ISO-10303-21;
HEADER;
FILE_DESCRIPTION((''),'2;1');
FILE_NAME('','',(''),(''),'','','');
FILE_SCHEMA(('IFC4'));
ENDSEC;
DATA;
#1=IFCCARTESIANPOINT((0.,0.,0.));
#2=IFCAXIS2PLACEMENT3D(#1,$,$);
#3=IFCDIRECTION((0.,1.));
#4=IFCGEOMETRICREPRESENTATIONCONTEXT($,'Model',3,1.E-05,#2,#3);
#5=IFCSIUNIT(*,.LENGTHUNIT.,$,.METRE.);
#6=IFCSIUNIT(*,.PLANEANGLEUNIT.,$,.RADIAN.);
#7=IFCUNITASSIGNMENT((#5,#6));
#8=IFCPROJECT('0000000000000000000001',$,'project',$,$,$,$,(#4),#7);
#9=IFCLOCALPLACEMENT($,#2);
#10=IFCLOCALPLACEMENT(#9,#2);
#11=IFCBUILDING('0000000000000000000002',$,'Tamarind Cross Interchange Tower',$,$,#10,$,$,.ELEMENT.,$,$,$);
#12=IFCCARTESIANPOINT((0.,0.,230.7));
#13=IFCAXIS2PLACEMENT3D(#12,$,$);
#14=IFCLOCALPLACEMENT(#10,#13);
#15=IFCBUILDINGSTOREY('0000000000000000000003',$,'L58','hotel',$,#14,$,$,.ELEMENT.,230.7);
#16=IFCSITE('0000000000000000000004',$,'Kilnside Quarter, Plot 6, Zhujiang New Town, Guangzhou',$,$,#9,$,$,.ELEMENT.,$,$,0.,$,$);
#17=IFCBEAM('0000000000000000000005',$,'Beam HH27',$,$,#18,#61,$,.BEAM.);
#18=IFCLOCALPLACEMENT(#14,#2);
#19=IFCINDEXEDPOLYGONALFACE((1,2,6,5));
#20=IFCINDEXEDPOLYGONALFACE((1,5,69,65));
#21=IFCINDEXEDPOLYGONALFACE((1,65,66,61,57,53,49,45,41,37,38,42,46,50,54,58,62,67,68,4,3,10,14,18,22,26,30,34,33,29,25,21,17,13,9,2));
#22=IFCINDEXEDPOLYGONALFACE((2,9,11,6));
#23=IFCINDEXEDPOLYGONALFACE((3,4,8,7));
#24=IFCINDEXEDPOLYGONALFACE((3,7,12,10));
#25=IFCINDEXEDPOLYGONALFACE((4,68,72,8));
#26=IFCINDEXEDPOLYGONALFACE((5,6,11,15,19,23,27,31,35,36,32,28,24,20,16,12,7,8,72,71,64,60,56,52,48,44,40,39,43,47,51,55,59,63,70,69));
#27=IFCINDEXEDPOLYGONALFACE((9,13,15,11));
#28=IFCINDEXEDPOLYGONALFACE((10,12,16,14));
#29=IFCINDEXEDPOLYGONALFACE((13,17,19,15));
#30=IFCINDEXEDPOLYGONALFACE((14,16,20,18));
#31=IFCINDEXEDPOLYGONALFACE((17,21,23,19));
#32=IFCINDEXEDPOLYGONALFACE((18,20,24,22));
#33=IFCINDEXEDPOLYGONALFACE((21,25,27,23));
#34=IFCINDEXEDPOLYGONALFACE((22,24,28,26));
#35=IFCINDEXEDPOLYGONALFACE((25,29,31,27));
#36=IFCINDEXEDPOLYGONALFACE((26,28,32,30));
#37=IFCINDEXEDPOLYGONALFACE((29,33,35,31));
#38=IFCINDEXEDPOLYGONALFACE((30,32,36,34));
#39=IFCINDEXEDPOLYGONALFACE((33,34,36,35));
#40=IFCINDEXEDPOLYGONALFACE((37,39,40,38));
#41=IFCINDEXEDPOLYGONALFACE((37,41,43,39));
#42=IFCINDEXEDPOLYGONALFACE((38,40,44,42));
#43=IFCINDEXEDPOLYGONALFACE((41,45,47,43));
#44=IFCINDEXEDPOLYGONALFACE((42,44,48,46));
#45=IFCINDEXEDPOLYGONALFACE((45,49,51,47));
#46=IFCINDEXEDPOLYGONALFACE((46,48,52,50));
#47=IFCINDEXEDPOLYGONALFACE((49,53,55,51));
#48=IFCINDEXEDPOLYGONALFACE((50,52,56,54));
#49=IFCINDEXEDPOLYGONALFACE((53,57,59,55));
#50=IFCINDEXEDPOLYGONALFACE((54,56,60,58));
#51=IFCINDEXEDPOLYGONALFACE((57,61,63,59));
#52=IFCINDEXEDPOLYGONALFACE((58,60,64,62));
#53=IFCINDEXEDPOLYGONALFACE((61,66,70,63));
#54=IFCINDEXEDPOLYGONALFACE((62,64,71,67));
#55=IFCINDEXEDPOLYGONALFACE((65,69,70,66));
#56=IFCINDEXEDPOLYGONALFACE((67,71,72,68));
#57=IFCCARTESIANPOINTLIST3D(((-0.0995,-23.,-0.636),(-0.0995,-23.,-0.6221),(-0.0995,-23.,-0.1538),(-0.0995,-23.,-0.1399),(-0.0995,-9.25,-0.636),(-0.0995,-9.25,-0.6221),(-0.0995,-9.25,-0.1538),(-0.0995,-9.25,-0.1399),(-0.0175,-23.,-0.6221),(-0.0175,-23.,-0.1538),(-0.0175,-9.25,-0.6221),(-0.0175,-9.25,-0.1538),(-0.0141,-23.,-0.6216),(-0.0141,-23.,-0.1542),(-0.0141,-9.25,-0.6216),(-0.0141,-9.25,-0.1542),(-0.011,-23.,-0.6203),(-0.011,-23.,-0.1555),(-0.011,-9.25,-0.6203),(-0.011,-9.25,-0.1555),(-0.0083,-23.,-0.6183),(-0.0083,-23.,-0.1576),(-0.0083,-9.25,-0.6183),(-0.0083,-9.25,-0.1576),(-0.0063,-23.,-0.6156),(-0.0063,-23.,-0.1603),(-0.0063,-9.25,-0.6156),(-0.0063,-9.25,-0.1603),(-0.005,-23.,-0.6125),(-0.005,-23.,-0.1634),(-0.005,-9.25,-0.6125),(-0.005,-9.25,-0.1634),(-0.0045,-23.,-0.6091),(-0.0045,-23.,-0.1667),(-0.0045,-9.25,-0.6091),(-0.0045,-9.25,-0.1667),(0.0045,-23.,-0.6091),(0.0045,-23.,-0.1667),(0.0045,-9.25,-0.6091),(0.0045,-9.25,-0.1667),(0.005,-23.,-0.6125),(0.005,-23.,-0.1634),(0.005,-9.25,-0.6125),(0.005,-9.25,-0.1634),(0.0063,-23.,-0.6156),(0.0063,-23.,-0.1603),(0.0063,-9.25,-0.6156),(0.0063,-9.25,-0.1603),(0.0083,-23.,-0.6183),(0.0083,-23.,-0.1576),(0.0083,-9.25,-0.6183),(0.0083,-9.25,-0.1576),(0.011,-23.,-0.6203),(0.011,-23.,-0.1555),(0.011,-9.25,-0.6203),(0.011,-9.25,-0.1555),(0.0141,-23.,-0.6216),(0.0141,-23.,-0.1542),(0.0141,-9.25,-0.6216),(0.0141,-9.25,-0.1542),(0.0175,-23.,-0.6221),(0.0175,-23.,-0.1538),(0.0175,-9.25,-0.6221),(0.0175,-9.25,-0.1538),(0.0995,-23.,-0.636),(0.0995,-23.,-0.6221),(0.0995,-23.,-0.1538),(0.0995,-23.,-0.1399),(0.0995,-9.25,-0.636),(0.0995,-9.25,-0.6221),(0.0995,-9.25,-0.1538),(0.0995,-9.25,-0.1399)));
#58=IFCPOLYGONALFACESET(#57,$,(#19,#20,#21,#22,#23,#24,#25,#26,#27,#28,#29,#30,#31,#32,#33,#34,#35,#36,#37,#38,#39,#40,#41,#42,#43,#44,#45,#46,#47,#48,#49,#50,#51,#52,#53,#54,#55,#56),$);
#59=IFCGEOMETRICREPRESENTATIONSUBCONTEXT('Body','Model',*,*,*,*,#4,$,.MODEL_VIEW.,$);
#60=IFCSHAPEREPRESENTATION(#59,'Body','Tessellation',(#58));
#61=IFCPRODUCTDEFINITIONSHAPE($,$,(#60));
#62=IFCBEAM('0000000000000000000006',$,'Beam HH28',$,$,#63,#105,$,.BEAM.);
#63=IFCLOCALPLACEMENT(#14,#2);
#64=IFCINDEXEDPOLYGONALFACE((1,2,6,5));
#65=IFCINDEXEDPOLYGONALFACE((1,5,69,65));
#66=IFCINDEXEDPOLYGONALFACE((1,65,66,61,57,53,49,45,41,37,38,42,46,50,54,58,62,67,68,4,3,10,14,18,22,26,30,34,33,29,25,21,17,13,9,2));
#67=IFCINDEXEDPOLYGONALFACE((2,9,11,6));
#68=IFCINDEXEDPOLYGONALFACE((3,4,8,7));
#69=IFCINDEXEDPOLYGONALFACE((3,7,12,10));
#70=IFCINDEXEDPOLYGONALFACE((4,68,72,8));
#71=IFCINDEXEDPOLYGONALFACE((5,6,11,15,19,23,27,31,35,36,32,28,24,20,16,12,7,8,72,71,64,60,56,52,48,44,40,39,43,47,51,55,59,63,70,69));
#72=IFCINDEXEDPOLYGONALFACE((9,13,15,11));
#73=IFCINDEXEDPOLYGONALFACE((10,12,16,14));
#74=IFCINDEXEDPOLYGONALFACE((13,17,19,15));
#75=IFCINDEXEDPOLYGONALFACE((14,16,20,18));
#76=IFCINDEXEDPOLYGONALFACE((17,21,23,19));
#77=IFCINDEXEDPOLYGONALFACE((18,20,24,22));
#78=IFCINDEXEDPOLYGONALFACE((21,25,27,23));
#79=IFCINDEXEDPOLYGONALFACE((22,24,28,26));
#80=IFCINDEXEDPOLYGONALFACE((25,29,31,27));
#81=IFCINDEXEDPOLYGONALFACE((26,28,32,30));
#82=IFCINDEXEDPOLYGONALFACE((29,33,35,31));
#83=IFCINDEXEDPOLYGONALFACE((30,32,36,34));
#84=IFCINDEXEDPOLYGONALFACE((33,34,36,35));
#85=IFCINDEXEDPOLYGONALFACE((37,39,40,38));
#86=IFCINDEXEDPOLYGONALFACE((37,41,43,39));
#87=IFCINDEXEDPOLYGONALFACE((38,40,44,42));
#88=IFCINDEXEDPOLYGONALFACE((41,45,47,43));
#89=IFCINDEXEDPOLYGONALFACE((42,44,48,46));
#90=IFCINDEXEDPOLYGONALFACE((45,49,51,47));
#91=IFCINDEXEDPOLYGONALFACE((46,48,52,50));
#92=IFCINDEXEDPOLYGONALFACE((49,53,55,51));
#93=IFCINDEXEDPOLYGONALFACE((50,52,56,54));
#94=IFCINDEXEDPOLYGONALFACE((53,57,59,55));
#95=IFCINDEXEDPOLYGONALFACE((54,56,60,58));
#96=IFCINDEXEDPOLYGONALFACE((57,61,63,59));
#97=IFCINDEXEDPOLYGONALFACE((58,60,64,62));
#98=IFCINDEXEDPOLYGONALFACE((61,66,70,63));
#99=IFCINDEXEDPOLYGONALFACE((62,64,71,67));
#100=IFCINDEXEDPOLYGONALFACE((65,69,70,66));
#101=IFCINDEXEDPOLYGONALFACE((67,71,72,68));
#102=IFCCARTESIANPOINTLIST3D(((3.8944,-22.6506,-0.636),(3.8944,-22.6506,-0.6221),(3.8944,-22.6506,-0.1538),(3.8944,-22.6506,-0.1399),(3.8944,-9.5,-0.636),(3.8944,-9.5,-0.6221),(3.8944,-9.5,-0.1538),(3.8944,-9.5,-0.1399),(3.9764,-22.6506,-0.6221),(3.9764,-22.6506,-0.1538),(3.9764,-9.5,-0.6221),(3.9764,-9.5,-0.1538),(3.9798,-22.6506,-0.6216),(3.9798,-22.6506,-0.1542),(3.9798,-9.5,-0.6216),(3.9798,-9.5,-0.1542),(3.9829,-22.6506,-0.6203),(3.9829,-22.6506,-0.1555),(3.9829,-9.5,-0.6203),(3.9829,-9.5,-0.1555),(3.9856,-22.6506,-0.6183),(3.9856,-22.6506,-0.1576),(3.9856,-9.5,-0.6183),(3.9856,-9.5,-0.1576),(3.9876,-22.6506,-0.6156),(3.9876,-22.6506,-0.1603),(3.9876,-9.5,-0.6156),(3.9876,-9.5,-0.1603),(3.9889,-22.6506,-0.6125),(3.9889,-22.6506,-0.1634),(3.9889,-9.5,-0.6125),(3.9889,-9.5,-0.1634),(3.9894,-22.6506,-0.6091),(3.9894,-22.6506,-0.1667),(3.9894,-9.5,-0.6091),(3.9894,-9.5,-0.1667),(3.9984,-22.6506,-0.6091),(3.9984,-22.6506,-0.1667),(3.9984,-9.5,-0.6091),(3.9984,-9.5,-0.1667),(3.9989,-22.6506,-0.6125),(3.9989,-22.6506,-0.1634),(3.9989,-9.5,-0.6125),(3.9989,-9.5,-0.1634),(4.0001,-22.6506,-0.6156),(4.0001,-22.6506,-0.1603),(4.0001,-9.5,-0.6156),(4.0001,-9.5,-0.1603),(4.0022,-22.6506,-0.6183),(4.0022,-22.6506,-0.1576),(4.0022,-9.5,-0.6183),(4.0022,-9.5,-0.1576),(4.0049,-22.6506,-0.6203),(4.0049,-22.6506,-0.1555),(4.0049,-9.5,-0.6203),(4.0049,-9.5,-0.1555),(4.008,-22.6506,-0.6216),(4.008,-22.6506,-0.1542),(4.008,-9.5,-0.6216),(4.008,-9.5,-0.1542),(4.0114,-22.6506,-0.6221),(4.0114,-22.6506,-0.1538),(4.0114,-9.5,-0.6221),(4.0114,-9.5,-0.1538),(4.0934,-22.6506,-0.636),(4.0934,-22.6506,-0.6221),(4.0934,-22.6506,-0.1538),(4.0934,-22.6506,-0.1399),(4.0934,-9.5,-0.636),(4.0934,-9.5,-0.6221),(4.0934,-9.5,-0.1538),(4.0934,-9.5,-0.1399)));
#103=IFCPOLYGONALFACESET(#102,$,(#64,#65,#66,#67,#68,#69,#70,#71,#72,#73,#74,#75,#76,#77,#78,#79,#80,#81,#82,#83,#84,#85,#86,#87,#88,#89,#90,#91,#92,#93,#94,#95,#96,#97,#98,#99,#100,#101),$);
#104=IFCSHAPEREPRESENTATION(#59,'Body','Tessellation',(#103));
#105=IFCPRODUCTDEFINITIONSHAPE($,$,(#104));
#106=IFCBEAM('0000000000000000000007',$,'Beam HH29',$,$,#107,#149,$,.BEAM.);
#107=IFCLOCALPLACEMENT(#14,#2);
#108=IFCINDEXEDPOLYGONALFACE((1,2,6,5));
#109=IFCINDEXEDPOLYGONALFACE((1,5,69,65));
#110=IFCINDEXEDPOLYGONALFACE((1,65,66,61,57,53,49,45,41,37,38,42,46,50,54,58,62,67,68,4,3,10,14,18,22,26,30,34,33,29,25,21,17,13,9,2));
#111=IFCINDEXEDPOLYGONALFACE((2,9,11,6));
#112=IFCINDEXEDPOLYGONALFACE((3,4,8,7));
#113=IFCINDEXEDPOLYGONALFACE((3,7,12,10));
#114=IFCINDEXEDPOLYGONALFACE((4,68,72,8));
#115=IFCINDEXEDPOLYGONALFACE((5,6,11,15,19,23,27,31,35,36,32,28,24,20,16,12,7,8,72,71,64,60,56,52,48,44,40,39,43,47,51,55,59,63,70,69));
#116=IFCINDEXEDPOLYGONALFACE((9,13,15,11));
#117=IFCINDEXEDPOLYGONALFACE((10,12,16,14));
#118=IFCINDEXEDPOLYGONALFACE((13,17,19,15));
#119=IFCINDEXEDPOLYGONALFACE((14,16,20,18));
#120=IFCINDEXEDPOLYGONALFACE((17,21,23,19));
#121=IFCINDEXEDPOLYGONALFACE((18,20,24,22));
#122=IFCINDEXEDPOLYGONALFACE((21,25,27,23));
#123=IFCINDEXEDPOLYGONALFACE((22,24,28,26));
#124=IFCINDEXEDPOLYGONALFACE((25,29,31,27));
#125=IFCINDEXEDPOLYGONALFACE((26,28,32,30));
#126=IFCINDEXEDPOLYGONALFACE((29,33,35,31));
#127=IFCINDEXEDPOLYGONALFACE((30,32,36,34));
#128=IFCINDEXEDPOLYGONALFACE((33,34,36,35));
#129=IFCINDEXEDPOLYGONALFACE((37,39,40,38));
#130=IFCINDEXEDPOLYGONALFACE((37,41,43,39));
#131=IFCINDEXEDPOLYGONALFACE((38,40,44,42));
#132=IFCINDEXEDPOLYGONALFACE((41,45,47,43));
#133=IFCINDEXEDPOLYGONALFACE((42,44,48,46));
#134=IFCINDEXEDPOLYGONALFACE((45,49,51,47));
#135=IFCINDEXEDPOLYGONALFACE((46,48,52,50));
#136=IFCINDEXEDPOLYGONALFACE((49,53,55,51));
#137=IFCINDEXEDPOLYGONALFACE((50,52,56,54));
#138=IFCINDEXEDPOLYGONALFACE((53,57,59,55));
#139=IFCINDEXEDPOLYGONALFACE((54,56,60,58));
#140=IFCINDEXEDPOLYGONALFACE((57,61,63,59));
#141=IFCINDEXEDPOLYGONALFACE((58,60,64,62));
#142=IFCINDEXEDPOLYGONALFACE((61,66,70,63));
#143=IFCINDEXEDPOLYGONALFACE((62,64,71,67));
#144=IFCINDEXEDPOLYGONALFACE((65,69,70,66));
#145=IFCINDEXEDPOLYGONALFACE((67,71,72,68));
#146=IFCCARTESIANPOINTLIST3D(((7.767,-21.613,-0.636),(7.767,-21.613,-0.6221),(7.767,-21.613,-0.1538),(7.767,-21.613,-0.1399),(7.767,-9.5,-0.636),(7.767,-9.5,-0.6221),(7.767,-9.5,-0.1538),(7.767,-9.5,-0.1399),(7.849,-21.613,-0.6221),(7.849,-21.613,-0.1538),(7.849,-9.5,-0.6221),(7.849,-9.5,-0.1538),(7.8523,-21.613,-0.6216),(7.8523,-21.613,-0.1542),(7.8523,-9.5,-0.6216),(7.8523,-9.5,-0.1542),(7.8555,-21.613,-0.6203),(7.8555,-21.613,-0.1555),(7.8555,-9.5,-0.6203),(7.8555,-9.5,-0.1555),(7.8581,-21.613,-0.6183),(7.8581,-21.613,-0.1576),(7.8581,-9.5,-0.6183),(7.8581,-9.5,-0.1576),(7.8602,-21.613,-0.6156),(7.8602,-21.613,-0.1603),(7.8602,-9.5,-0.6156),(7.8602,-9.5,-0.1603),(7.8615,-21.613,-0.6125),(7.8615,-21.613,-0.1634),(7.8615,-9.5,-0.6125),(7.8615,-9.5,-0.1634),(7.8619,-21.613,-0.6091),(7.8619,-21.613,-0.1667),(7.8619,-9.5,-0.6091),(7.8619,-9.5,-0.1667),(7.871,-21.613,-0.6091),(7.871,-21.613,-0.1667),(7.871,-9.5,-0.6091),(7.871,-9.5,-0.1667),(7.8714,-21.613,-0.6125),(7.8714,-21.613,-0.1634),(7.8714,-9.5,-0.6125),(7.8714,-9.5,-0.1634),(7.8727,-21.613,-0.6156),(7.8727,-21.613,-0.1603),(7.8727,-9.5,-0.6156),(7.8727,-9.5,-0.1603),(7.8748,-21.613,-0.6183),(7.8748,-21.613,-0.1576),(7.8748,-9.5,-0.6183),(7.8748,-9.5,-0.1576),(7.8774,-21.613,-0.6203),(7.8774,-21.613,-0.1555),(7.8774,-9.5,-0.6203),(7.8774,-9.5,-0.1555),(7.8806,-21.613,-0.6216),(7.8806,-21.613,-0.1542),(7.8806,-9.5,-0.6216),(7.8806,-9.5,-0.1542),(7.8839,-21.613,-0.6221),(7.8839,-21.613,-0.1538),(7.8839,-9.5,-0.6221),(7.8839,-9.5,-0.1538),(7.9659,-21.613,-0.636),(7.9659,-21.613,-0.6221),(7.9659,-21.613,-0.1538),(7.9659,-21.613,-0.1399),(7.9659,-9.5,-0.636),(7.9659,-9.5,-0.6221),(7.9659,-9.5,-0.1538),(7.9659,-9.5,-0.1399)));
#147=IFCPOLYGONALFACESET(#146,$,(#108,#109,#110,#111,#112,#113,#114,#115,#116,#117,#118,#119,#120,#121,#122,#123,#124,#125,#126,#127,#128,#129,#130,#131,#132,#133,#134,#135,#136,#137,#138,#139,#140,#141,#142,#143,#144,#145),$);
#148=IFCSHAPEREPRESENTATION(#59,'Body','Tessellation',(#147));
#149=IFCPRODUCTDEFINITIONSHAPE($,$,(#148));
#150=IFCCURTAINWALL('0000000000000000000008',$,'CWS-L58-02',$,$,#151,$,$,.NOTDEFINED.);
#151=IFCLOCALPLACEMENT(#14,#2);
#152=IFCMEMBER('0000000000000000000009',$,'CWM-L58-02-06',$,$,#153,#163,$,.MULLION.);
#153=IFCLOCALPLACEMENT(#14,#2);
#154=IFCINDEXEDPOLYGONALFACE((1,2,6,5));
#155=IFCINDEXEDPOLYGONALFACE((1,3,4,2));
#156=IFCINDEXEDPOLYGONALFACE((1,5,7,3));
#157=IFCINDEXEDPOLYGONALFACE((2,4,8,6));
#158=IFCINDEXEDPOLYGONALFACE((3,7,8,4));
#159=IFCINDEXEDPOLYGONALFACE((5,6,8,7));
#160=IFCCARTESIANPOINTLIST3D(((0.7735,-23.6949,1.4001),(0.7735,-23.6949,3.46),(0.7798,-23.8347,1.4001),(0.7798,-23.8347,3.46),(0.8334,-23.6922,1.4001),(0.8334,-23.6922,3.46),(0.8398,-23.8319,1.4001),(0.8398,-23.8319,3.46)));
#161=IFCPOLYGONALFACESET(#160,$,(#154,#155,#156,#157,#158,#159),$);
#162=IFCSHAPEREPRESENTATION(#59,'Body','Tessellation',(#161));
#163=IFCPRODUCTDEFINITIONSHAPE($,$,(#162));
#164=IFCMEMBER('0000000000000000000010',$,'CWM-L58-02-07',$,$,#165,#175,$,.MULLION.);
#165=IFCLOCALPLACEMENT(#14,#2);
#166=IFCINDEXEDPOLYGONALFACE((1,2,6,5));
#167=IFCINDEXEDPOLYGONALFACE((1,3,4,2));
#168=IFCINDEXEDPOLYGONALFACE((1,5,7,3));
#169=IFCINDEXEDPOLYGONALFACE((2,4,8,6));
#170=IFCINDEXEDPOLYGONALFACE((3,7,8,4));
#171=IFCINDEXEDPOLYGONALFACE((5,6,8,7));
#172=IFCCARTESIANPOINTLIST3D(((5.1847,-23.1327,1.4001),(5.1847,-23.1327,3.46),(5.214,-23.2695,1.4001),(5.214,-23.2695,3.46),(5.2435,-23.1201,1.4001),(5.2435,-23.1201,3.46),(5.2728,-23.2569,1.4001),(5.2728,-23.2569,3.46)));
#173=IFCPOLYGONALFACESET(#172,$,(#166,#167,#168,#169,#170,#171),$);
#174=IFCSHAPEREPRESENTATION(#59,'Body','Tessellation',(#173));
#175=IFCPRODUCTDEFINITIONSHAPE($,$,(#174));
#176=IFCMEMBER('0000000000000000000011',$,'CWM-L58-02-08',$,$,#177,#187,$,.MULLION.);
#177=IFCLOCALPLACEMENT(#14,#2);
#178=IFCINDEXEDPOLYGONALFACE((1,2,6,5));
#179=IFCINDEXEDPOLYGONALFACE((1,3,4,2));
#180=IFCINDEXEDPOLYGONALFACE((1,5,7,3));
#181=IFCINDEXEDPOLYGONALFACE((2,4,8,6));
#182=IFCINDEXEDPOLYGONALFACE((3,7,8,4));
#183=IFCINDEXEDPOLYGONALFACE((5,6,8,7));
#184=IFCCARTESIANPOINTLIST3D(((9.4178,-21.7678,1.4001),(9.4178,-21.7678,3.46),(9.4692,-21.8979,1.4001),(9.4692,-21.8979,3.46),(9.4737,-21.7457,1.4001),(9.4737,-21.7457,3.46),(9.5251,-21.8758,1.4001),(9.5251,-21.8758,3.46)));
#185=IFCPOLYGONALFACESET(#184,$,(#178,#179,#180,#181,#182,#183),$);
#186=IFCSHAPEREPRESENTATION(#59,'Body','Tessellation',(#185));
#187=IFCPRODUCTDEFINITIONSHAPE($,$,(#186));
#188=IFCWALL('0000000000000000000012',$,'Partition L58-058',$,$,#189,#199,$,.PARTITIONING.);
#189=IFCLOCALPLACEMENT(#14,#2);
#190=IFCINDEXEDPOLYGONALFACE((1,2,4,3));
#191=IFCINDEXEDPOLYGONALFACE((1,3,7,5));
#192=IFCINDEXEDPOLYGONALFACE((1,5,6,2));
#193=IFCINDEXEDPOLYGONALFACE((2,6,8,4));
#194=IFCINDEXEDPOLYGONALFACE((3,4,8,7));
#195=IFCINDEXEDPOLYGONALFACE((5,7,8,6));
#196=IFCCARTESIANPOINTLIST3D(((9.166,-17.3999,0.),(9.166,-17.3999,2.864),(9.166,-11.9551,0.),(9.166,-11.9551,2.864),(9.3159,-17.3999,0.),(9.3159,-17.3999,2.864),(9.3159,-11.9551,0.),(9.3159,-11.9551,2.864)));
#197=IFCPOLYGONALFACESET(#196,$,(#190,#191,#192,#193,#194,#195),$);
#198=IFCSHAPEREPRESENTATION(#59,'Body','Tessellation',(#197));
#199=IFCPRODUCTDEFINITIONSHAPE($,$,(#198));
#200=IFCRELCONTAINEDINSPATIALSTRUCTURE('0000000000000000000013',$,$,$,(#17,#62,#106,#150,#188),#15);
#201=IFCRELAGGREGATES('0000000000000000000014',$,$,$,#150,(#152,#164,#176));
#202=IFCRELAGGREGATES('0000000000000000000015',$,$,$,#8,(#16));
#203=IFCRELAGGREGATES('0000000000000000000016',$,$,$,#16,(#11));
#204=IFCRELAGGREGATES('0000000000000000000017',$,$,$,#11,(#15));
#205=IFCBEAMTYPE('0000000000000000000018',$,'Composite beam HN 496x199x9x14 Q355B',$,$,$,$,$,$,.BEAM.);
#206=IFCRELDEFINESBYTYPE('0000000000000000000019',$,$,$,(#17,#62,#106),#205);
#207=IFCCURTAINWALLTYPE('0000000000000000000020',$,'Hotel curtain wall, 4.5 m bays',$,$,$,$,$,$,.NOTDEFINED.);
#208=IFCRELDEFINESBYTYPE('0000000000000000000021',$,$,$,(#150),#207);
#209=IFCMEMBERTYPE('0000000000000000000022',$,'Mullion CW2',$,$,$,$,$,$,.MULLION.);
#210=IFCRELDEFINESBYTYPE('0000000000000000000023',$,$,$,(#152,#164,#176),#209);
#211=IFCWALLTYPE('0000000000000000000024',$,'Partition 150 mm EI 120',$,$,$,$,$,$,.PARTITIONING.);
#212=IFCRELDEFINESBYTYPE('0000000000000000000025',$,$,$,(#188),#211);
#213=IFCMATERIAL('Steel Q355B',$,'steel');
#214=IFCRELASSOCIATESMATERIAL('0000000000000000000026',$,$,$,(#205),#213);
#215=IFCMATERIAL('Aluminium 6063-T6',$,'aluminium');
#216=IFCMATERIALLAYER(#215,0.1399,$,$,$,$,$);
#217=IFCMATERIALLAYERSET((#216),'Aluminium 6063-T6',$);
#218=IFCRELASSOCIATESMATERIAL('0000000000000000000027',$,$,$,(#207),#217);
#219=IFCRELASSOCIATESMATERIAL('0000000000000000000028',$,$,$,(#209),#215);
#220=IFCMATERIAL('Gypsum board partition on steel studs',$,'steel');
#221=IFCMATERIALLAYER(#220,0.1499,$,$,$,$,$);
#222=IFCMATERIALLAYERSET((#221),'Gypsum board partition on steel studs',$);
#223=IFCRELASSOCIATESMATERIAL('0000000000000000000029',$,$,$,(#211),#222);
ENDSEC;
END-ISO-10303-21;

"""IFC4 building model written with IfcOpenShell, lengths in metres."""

from ifc_helpers import new_model, si_unit, direction, frame, frame_2d, origin, origin_2d, place, context, subcontext, project, spatial, rectangle, i_section, extrude, material, layer, layer_set, material_profile, profile_set, type_object, element, aggregate, save


model = new_model("IFC4")

# Units and contexts
model_context = context("Model", 3, precision=1e-05, world=origin(), true_north=direction((0.0, 1.0)))
body_context = subcontext(model_context, "Body", "Model", "MODEL_VIEW")
ifc_project = project(units=[si_unit("LENGTHUNIT", "METRE"), si_unit("PLANEANGLEUNIT", "RADIAN")], contexts=[model_context])

# Site, building, storey
site_placement = place(None, origin())
site = spatial("IfcSite", under=ifc_project, at=site_placement, Name="Kilnside Quarter, Plot 6, Zhujiang New Town, Guangzhou", CompositionType="ELEMENT", RefElevation=0.0)
building_placement = place(site_placement, origin())
building = spatial("IfcBuilding", under=site, at=building_placement, Name="Tamarind Cross Interchange Tower", CompositionType="ELEMENT")
storey_placement = place(building_placement, frame((0.0, 0.0, 230.7)))
storey = spatial("IfcBuildingStorey", under=building, at=storey_placement, Name="L58", Description="hotel", CompositionType="ELEMENT", Elevation=230.7)

# Beams
ifc_material_1 = material(Name="Steel Q355B", Category="steel")
ifc_material_profile_1 = material_profile(ifc_material_1, i_section(OverallWidth=0.199, OverallDepth=0.4961, WebThickness=0.009, FlangeThickness=0.0139, FilletRadius=0.0129, at=origin_2d()), Name="HN 496x199x9x14")
ifc_profile_set_1 = profile_set([ifc_material_profile_1], Name="Steel Q355B")
beam_type = type_object("IfcBeamType", Name="Composite beam HN 496x199x9x14 Q355B", PredefinedType="BEAM", material=ifc_profile_set_1)
beam_1_placement = place(storey_placement, frame((0.0, -23.0, -0.3879), z_axis=(0.0, 1.0, 0.0), x_axis=(-1.0, 0.0, 0.0)))
element("IfcBeam", 1, at=beam_1_placement, inside=storey, type_object=beam_type, Name="Beam HH27", PredefinedType="BEAM", context=body_context, shape_type="SweptSolid", body=[
    extrude(i_section(OverallWidth=0.199, OverallDepth=0.4961, WebThickness=0.009, FlangeThickness=0.0139, FilletRadius=0.0129, at=origin_2d()), origin(), (0.0, 0.0, 1.0), 13.75),
])
beam_2_placement = place(storey_placement, frame((3.9939, -22.6506, -0.3879), z_axis=(0.0, 1.0, 0.0), x_axis=(-1.0, 0.0, 0.0)))
element("IfcBeam", 2, at=beam_2_placement, inside=storey, type_object=beam_type, Name="Beam HH28", PredefinedType="BEAM", context=body_context, shape_type="SweptSolid", body=[
    extrude(i_section(OverallWidth=0.199, OverallDepth=0.4961, WebThickness=0.009, FlangeThickness=0.0139, FilletRadius=0.0129, at=origin_2d()), origin(), (0.0, 0.0, 1.0), 13.1506),
])
beam_3_placement = place(storey_placement, frame((7.8665, -21.613, -0.3879), z_axis=(0.0, 1.0, 0.0), x_axis=(-1.0, 0.0, 0.0)))
element("IfcBeam", 3, at=beam_3_placement, inside=storey, type_object=beam_type, Name="Beam HH29", PredefinedType="BEAM", context=body_context, shape_type="SweptSolid", body=[
    extrude(i_section(OverallWidth=0.199, OverallDepth=0.4961, WebThickness=0.009, FlangeThickness=0.0139, FilletRadius=0.0129, at=origin_2d()), origin(), (0.0, 0.0, 1.0), 12.113),
])

# Curtain wall, members
ifc_material_2 = material(Name="Aluminium 6063-T6", Category="aluminium")
ifc_layer_1 = layer(ifc_material_2, 0.1399)
ifc_layer_set_1 = layer_set([ifc_layer_1], Name="Aluminium 6063-T6")
curtain_wall_type = type_object("IfcCurtainWallType", Name="Hotel curtain wall, 4.5 m bays", PredefinedType="NOTDEFINED", material=ifc_layer_set_1)
curtain_wall_placement = place(storey_placement, origin())
curtain_wall = element("IfcCurtainWall", 4, at=curtain_wall_placement, inside=storey, type_object=curtain_wall_type, Name="CWS-L58-02", PredefinedType="NOTDEFINED")
ifc_material_profile_2 = material_profile(ifc_material_2, rectangle(XDim=0.0601, YDim=0.1399, at=origin_2d()), Name="Mullion CW2")
ifc_profile_set_2 = profile_set([ifc_material_profile_2], Name="Aluminium 6063-T6")
member_type = type_object("IfcMemberType", Name="Mullion CW2", PredefinedType="MULLION", material=ifc_profile_set_2)
member_1_placement = place(storey_placement, frame((0.8066, -23.7634, 1.4001), z_axis=(0.0, 0.0, 1.0), x_axis=(0.998959, 0.045624, 0.0)))
member_1 = element("IfcMember", 5, at=member_1_placement, type_object=member_type, Name="CWM-L58-02-06", PredefinedType="MULLION", context=body_context, shape_type="SweptSolid", body=[
    extrude(rectangle(XDim=0.0601, YDim=0.1399, at=origin_2d()), origin(), (0.0, 0.0, 1.0), 2.0598),
])
member_2_placement = place(storey_placement, frame((5.2288, -23.1948, 1.4001), z_axis=(0.0, 0.0, 1.0), x_axis=(0.977825, 0.209425, 0.0)))
member_2 = element("IfcMember", 6, at=member_2_placement, type_object=member_type, Name="CWM-L58-02-07", PredefinedType="MULLION", context=body_context, shape_type="SweptSolid", body=[
    extrude(rectangle(XDim=0.0601, YDim=0.1399, at=origin_2d()), origin(), (0.0, 0.0, 1.0), 2.0598),
])
member_3_placement = place(storey_placement, frame((9.4714, -21.8218, 1.4001), z_axis=(0.0, 0.0, 1.0), x_axis=(0.930018, 0.367514, 0.0)))
member_3 = element("IfcMember", 7, at=member_3_placement, type_object=member_type, Name="CWM-L58-02-08", PredefinedType="MULLION", context=body_context, shape_type="SweptSolid", body=[
    extrude(rectangle(XDim=0.0601, YDim=0.1399, at=origin_2d()), origin(), (0.0, 0.0, 1.0), 2.0598),
])
aggregate(curtain_wall, [member_1, member_2, member_3])

# Wall
ifc_material_3 = material(Name="Gypsum board partition on steel studs", Category="steel")
ifc_layer_2 = layer(ifc_material_3, 0.1499)
ifc_layer_set_2 = layer_set([ifc_layer_2], Name="Gypsum board partition on steel studs")
wall_type = type_object("IfcWallType", Name="Partition 150 mm EI 120", PredefinedType="PARTITIONING", material=ifc_layer_set_2)
wall_placement = place(storey_placement, frame((9.241, -17.3999, 0.0), z_axis=(0.0, 0.0, 1.0), x_axis=(0.0, 1.0, 0.0)))
element("IfcWall", 8, at=wall_placement, inside=storey, type_object=wall_type, Name="Partition L58-058", PredefinedType="PARTITIONING", context=body_context, shape_type="SweptSolid", body=[
    extrude(rectangle(XDim=5.4448, YDim=0.1499, at=frame_2d((2.7224, 0.0))), origin(), (0.0, 0.0, 1.0), 2.864),
])

save(model, "model.ifc")
